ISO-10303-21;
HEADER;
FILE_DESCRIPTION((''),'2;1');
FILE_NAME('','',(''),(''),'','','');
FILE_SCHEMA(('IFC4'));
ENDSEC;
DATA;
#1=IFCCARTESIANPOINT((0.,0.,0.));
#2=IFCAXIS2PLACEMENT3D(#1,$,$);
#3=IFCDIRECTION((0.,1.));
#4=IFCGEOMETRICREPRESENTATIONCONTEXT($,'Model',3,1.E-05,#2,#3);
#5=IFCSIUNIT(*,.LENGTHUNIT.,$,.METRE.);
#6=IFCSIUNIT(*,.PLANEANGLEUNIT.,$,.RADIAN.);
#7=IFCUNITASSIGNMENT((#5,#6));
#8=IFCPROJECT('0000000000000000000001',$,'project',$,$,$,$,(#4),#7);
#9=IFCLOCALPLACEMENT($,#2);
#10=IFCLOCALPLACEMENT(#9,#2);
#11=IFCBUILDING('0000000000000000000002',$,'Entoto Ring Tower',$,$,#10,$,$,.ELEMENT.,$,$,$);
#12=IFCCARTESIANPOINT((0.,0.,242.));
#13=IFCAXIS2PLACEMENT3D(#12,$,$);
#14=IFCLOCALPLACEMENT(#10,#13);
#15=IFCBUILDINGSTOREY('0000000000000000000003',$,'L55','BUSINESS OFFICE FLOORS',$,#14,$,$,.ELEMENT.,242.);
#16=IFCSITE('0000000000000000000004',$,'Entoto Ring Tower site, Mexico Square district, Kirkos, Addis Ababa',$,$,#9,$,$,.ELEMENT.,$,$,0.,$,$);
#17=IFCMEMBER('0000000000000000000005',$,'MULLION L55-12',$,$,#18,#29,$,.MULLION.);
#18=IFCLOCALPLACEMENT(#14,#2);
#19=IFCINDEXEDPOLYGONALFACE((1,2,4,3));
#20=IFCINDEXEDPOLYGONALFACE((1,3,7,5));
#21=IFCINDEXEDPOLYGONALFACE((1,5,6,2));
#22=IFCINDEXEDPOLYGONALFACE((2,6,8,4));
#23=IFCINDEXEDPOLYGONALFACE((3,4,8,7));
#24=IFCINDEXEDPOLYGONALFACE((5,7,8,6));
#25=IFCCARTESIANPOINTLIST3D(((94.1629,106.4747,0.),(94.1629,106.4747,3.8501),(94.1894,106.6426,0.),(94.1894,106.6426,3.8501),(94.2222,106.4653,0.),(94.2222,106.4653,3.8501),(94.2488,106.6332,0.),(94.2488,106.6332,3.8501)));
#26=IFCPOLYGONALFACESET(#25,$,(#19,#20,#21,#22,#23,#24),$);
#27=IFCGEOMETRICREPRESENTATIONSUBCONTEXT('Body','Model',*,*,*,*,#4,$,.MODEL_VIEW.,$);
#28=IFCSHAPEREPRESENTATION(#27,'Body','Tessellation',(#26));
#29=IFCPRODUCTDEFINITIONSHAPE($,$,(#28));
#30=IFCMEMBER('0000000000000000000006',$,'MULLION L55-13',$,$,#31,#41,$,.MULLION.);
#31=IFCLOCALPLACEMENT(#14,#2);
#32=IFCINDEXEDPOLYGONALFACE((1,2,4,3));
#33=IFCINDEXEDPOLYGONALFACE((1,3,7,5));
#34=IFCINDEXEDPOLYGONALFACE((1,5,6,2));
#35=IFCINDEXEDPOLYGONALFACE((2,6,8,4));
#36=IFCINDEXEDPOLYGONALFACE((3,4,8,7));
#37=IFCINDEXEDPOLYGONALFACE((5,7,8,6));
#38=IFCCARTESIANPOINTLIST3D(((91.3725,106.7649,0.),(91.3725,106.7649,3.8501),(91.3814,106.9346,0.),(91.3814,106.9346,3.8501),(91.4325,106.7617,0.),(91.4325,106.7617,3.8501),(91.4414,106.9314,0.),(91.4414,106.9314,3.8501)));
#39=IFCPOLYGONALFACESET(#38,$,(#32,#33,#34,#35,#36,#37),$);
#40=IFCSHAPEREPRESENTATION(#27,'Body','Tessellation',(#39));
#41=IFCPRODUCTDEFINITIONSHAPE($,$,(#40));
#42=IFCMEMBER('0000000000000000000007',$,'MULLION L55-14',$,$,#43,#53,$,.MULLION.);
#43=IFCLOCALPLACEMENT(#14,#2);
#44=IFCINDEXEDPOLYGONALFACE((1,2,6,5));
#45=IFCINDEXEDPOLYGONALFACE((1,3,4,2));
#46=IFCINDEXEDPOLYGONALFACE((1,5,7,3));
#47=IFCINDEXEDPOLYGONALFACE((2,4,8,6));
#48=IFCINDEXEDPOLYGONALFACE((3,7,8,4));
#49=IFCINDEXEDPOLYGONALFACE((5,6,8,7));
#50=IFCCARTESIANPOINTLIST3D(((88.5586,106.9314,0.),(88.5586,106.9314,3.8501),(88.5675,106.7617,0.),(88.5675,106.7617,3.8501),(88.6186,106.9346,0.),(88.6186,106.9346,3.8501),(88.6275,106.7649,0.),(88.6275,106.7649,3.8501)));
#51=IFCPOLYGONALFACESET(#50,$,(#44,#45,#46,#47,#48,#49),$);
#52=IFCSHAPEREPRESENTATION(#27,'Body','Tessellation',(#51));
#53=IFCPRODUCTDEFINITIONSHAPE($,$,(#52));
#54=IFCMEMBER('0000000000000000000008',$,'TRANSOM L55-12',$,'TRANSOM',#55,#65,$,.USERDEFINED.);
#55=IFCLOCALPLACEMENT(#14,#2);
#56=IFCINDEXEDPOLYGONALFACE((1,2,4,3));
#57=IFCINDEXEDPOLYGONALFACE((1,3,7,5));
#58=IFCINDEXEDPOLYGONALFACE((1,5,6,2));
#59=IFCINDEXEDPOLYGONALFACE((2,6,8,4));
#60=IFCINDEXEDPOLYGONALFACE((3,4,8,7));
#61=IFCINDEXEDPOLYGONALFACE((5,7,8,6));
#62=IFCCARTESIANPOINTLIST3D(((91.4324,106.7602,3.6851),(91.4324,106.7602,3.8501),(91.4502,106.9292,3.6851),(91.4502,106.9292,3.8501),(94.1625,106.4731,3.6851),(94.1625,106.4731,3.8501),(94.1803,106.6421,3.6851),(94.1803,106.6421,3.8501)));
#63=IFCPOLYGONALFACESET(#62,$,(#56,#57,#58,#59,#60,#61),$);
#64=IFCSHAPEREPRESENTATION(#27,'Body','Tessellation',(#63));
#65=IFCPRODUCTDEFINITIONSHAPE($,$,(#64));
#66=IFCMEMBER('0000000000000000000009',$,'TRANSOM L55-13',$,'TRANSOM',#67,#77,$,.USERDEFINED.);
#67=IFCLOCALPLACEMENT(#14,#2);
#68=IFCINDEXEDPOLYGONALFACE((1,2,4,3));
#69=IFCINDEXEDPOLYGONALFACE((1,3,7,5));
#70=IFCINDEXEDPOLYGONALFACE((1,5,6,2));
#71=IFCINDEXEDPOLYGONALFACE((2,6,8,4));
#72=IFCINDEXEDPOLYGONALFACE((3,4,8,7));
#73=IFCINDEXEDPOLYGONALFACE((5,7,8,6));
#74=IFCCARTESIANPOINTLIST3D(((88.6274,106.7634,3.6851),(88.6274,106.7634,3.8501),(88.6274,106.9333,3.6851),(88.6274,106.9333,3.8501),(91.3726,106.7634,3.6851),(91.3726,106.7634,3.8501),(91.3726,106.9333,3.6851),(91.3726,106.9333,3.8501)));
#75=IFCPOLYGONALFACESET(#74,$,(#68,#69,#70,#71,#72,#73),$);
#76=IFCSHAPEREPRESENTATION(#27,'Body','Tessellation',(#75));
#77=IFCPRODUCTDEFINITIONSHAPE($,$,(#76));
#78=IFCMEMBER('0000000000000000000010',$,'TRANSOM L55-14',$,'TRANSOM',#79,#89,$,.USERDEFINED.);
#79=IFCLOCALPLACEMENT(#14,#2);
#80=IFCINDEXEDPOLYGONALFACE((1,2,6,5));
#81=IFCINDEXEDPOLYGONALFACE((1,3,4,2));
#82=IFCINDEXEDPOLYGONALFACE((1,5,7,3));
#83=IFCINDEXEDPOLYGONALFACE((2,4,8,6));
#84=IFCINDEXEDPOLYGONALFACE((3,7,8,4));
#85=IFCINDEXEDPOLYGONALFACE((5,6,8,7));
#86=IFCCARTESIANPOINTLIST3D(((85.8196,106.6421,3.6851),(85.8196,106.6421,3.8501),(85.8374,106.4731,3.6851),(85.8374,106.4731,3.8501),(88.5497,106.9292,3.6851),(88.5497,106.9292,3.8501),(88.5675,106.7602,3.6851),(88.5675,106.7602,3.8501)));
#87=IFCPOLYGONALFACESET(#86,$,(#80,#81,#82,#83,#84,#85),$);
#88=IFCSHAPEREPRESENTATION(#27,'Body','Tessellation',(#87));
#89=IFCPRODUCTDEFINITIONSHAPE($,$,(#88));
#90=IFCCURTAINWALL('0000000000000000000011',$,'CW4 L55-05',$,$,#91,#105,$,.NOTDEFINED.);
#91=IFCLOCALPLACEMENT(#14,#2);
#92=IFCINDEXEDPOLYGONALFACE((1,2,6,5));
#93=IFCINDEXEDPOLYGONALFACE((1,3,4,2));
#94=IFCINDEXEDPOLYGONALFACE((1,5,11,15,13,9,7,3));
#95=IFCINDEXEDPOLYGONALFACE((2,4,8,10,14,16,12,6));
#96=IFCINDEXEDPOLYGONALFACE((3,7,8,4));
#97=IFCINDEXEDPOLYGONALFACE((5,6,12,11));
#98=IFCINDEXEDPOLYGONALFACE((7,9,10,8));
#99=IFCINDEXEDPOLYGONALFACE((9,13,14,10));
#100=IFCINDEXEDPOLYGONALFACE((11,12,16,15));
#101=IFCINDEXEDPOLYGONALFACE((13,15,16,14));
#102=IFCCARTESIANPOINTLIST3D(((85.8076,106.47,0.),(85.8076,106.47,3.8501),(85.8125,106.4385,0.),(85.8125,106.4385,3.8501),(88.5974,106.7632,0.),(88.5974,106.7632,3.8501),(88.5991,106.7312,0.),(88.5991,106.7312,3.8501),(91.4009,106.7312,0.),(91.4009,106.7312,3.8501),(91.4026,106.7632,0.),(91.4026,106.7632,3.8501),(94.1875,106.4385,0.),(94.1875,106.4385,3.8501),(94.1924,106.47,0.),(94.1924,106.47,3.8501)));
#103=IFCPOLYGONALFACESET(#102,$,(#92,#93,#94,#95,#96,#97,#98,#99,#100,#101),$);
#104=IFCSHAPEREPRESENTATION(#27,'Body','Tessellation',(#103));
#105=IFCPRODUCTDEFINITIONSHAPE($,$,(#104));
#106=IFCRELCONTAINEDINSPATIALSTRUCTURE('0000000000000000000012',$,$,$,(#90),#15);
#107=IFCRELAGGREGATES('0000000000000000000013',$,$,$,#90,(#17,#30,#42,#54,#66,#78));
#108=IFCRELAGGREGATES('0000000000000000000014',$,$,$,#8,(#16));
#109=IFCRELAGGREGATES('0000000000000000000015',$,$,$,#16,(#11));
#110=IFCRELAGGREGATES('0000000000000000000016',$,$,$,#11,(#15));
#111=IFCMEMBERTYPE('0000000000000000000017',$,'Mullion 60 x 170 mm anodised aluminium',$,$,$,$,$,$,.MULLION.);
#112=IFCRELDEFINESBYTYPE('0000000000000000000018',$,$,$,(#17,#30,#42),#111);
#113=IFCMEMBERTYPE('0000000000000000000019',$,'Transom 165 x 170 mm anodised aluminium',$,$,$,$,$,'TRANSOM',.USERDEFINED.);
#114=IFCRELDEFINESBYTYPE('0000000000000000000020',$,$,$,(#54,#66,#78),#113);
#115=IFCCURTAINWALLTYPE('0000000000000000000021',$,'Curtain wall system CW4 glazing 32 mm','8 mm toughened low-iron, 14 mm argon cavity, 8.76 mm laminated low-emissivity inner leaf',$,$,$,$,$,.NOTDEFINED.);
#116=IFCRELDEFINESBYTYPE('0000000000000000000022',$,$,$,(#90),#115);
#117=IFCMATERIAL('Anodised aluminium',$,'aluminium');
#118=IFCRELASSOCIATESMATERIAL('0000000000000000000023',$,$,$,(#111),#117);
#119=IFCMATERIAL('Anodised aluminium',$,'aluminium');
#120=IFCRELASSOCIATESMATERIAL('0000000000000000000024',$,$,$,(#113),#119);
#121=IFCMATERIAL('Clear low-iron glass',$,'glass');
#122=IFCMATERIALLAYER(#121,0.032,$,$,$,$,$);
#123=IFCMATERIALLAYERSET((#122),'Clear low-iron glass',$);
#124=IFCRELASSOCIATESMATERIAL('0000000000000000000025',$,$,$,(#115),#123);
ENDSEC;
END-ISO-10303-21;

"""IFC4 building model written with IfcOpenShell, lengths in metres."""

from ifc_helpers import new_model, si_unit, direction, frame, origin, origin_2d, place, context, subcontext, project, spatial, polyline, rectangle, outline, extrude, material, layer, layer_set, material_profile, profile_set, type_object, element, aggregate, save


model = new_model("IFC4")

# Units and contexts
model_context = context("Model", 3, precision=1e-05, world=origin(), true_north=direction((0.0, 1.0)))
body_context = subcontext(model_context, "Body", "Model", "MODEL_VIEW")
ifc_project = project(units=[si_unit("LENGTHUNIT", "METRE"), si_unit("PLANEANGLEUNIT", "RADIAN")], contexts=[model_context])

# Members
ifc_material_1 = material(Name="Anodised aluminium", Category="aluminium")
ifc_material_profile_1 = material_profile(ifc_material_1, rectangle(XDim=0.0601, YDim=0.1699, at=origin_2d()), Name="Mullion 60 x 170 mm anodised aluminium")
ifc_profile_set_1 = profile_set([ifc_material_profile_1], Name="Anodised aluminium")
member_type_1 = type_object("IfcMemberType", Name="Mullion 60 x 170 mm anodised aluminium", PredefinedType="MULLION", material=ifc_profile_set_1)
site_placement = place(None, origin())
building_placement = place(site_placement, origin())
storey_placement = place(building_placement, frame((0.0, 0.0, 242.0)))
member_1_placement = place(storey_placement, frame((94.2058, 106.554, 0.0), z_axis=(0.0, 0.0, 1.0), x_axis=(-0.987688, 0.156434, 0.0)))
member_1 = element("IfcMember", 1, at=member_1_placement, type_object=member_type_1, Name="MULLION L55-12", PredefinedType="MULLION", context=body_context, shape_type="SweptSolid", body=[
    extrude(rectangle(XDim=0.0601, YDim=0.1699, at=origin_2d()), origin(), (0.0, 0.0, 1.0), 3.8501),
])
member_2_placement = place(storey_placement, frame((91.407, 106.8481, 0.0), z_axis=(0.0, 0.0, 1.0), x_axis=(-0.99863, 0.052336, 0.0)))
member_2 = element("IfcMember", 2, at=member_2_placement, type_object=member_type_1, Name="MULLION L55-13", PredefinedType="MULLION", context=body_context, shape_type="SweptSolid", body=[
    extrude(rectangle(XDim=0.0601, YDim=0.1699, at=origin_2d()), origin(), (0.0, 0.0, 1.0), 3.8501),
])
member_3_placement = place(storey_placement, frame((88.593, 106.8481, 0.0), z_axis=(0.0, 0.0, 1.0), x_axis=(-0.99863, -0.052336, 0.0)))
member_3 = element("IfcMember", 3, at=member_3_placement, type_object=member_type_1, Name="MULLION L55-14", PredefinedType="MULLION", context=body_context, shape_type="SweptSolid", body=[
    extrude(rectangle(XDim=0.0601, YDim=0.1699, at=origin_2d()), origin(), (0.0, 0.0, 1.0), 3.8501),
])
ifc_material_2 = material(Name="Anodised aluminium", Category="aluminium")
ifc_material_profile_2 = material_profile(ifc_material_2, rectangle(XDim=0.1699, YDim=0.165, at=origin_2d()), Name="Transom 165 x 170 mm anodised aluminium")
ifc_profile_set_2 = profile_set([ifc_material_profile_2], Name="Anodised aluminium")
member_type_2 = type_object("IfcMemberType", Name="Transom 165 x 170 mm anodised aluminium", ElementType="TRANSOM", PredefinedType="USERDEFINED", material=ifc_profile_set_2)
member_4_placement = place(storey_placement, frame((94.1714, 106.5576, 3.7676), z_axis=(-0.994515, 0.104592, 0.0), x_axis=(-0.104592, -0.994515, 0.0)))
member_4 = element("IfcMember", 4, at=member_4_placement, type_object=member_type_2, Name="TRANSOM L55-12", ObjectType="TRANSOM", PredefinedType="USERDEFINED", context=body_context, shape_type="SweptSolid", body=[
    extrude(rectangle(XDim=0.1699, YDim=0.165, at=origin_2d()), origin(), (0.0, 0.0, 1.0), 2.7451),
])
member_5_placement = place(storey_placement, frame((91.3726, 106.8484, 3.7676), z_axis=(-1.0, 0.0, 0.0), x_axis=(0.0, -1.0, 0.0)))
member_5 = element("IfcMember", 5, at=member_5_placement, type_object=member_type_2, Name="TRANSOM L55-13", ObjectType="TRANSOM", PredefinedType="USERDEFINED", context=body_context, shape_type="SweptSolid", body=[
    extrude(rectangle(XDim=0.1699, YDim=0.165, at=origin_2d()), origin(), (0.0, 0.0, 1.0), 2.7451),
])
member_6_placement = place(storey_placement, frame((88.5586, 106.8447, 3.7676), z_axis=(-0.994515, -0.104592, 0.0), x_axis=(0.104592, -0.994515, 0.0)))
member_6 = element("IfcMember", 6, at=member_6_placement, type_object=member_type_2, Name="TRANSOM L55-14", ObjectType="TRANSOM", PredefinedType="USERDEFINED", context=body_context, shape_type="SweptSolid", body=[
    extrude(rectangle(XDim=0.1699, YDim=0.165, at=origin_2d()), origin(), (0.0, 0.0, 1.0), 2.7451),
])

# Site, building, storey
site = spatial("IfcSite", under=ifc_project, at=site_placement, Name="Entoto Ring Tower site, Mexico Square district, Kirkos, Addis Ababa", CompositionType="ELEMENT", RefElevation=0.0)
building = spatial("IfcBuilding", under=site, at=building_placement, Name="Entoto Ring Tower", CompositionType="ELEMENT")
storey = spatial("IfcBuildingStorey", under=building, at=storey_placement, Name="L55", Description="BUSINESS OFFICE FLOORS", CompositionType="ELEMENT", Elevation=242.0)

# Curtain wall
ifc_material_3 = material(Name="Clear low-iron glass", Category="glass")
ifc_layer = layer(ifc_material_3, 0.032)
ifc_layer_set = layer_set([ifc_layer], Name="Clear low-iron glass")
curtain_wall_type = type_object("IfcCurtainWallType", Name="Curtain wall system CW4 glazing 32 mm", Description="8 mm toughened low-iron, 14 mm argon cavity, 8.76 mm laminated low-emissivity inner leaf", PredefinedType="NOTDEFINED", material=ifc_layer_set)
curtain_wall_1_placement = place(storey_placement, origin())
curtain_wall_1 = element("IfcCurtainWall", 7, at=curtain_wall_1_placement, inside=storey, type_object=curtain_wall_type, Name="CW4 L55-05", PredefinedType="NOTDEFINED", context=body_context, shape_type="SweptSolid", body=[
    extrude(outline(polyline([(94.1924, 106.47), (91.4026, 106.7632), (88.5974, 106.7632), (85.8076, 106.47), (85.8125, 106.4385), (88.5991, 106.7312), (91.4009, 106.7312), (94.1875, 106.4385), (94.1924, 106.47)])), origin(), (0.0, 0.0, 1.0), 3.8501),
])
aggregate(curtain_wall_1, [member_1, member_2, member_3, member_4, member_5, member_6])

save(model, "model.ifc")
